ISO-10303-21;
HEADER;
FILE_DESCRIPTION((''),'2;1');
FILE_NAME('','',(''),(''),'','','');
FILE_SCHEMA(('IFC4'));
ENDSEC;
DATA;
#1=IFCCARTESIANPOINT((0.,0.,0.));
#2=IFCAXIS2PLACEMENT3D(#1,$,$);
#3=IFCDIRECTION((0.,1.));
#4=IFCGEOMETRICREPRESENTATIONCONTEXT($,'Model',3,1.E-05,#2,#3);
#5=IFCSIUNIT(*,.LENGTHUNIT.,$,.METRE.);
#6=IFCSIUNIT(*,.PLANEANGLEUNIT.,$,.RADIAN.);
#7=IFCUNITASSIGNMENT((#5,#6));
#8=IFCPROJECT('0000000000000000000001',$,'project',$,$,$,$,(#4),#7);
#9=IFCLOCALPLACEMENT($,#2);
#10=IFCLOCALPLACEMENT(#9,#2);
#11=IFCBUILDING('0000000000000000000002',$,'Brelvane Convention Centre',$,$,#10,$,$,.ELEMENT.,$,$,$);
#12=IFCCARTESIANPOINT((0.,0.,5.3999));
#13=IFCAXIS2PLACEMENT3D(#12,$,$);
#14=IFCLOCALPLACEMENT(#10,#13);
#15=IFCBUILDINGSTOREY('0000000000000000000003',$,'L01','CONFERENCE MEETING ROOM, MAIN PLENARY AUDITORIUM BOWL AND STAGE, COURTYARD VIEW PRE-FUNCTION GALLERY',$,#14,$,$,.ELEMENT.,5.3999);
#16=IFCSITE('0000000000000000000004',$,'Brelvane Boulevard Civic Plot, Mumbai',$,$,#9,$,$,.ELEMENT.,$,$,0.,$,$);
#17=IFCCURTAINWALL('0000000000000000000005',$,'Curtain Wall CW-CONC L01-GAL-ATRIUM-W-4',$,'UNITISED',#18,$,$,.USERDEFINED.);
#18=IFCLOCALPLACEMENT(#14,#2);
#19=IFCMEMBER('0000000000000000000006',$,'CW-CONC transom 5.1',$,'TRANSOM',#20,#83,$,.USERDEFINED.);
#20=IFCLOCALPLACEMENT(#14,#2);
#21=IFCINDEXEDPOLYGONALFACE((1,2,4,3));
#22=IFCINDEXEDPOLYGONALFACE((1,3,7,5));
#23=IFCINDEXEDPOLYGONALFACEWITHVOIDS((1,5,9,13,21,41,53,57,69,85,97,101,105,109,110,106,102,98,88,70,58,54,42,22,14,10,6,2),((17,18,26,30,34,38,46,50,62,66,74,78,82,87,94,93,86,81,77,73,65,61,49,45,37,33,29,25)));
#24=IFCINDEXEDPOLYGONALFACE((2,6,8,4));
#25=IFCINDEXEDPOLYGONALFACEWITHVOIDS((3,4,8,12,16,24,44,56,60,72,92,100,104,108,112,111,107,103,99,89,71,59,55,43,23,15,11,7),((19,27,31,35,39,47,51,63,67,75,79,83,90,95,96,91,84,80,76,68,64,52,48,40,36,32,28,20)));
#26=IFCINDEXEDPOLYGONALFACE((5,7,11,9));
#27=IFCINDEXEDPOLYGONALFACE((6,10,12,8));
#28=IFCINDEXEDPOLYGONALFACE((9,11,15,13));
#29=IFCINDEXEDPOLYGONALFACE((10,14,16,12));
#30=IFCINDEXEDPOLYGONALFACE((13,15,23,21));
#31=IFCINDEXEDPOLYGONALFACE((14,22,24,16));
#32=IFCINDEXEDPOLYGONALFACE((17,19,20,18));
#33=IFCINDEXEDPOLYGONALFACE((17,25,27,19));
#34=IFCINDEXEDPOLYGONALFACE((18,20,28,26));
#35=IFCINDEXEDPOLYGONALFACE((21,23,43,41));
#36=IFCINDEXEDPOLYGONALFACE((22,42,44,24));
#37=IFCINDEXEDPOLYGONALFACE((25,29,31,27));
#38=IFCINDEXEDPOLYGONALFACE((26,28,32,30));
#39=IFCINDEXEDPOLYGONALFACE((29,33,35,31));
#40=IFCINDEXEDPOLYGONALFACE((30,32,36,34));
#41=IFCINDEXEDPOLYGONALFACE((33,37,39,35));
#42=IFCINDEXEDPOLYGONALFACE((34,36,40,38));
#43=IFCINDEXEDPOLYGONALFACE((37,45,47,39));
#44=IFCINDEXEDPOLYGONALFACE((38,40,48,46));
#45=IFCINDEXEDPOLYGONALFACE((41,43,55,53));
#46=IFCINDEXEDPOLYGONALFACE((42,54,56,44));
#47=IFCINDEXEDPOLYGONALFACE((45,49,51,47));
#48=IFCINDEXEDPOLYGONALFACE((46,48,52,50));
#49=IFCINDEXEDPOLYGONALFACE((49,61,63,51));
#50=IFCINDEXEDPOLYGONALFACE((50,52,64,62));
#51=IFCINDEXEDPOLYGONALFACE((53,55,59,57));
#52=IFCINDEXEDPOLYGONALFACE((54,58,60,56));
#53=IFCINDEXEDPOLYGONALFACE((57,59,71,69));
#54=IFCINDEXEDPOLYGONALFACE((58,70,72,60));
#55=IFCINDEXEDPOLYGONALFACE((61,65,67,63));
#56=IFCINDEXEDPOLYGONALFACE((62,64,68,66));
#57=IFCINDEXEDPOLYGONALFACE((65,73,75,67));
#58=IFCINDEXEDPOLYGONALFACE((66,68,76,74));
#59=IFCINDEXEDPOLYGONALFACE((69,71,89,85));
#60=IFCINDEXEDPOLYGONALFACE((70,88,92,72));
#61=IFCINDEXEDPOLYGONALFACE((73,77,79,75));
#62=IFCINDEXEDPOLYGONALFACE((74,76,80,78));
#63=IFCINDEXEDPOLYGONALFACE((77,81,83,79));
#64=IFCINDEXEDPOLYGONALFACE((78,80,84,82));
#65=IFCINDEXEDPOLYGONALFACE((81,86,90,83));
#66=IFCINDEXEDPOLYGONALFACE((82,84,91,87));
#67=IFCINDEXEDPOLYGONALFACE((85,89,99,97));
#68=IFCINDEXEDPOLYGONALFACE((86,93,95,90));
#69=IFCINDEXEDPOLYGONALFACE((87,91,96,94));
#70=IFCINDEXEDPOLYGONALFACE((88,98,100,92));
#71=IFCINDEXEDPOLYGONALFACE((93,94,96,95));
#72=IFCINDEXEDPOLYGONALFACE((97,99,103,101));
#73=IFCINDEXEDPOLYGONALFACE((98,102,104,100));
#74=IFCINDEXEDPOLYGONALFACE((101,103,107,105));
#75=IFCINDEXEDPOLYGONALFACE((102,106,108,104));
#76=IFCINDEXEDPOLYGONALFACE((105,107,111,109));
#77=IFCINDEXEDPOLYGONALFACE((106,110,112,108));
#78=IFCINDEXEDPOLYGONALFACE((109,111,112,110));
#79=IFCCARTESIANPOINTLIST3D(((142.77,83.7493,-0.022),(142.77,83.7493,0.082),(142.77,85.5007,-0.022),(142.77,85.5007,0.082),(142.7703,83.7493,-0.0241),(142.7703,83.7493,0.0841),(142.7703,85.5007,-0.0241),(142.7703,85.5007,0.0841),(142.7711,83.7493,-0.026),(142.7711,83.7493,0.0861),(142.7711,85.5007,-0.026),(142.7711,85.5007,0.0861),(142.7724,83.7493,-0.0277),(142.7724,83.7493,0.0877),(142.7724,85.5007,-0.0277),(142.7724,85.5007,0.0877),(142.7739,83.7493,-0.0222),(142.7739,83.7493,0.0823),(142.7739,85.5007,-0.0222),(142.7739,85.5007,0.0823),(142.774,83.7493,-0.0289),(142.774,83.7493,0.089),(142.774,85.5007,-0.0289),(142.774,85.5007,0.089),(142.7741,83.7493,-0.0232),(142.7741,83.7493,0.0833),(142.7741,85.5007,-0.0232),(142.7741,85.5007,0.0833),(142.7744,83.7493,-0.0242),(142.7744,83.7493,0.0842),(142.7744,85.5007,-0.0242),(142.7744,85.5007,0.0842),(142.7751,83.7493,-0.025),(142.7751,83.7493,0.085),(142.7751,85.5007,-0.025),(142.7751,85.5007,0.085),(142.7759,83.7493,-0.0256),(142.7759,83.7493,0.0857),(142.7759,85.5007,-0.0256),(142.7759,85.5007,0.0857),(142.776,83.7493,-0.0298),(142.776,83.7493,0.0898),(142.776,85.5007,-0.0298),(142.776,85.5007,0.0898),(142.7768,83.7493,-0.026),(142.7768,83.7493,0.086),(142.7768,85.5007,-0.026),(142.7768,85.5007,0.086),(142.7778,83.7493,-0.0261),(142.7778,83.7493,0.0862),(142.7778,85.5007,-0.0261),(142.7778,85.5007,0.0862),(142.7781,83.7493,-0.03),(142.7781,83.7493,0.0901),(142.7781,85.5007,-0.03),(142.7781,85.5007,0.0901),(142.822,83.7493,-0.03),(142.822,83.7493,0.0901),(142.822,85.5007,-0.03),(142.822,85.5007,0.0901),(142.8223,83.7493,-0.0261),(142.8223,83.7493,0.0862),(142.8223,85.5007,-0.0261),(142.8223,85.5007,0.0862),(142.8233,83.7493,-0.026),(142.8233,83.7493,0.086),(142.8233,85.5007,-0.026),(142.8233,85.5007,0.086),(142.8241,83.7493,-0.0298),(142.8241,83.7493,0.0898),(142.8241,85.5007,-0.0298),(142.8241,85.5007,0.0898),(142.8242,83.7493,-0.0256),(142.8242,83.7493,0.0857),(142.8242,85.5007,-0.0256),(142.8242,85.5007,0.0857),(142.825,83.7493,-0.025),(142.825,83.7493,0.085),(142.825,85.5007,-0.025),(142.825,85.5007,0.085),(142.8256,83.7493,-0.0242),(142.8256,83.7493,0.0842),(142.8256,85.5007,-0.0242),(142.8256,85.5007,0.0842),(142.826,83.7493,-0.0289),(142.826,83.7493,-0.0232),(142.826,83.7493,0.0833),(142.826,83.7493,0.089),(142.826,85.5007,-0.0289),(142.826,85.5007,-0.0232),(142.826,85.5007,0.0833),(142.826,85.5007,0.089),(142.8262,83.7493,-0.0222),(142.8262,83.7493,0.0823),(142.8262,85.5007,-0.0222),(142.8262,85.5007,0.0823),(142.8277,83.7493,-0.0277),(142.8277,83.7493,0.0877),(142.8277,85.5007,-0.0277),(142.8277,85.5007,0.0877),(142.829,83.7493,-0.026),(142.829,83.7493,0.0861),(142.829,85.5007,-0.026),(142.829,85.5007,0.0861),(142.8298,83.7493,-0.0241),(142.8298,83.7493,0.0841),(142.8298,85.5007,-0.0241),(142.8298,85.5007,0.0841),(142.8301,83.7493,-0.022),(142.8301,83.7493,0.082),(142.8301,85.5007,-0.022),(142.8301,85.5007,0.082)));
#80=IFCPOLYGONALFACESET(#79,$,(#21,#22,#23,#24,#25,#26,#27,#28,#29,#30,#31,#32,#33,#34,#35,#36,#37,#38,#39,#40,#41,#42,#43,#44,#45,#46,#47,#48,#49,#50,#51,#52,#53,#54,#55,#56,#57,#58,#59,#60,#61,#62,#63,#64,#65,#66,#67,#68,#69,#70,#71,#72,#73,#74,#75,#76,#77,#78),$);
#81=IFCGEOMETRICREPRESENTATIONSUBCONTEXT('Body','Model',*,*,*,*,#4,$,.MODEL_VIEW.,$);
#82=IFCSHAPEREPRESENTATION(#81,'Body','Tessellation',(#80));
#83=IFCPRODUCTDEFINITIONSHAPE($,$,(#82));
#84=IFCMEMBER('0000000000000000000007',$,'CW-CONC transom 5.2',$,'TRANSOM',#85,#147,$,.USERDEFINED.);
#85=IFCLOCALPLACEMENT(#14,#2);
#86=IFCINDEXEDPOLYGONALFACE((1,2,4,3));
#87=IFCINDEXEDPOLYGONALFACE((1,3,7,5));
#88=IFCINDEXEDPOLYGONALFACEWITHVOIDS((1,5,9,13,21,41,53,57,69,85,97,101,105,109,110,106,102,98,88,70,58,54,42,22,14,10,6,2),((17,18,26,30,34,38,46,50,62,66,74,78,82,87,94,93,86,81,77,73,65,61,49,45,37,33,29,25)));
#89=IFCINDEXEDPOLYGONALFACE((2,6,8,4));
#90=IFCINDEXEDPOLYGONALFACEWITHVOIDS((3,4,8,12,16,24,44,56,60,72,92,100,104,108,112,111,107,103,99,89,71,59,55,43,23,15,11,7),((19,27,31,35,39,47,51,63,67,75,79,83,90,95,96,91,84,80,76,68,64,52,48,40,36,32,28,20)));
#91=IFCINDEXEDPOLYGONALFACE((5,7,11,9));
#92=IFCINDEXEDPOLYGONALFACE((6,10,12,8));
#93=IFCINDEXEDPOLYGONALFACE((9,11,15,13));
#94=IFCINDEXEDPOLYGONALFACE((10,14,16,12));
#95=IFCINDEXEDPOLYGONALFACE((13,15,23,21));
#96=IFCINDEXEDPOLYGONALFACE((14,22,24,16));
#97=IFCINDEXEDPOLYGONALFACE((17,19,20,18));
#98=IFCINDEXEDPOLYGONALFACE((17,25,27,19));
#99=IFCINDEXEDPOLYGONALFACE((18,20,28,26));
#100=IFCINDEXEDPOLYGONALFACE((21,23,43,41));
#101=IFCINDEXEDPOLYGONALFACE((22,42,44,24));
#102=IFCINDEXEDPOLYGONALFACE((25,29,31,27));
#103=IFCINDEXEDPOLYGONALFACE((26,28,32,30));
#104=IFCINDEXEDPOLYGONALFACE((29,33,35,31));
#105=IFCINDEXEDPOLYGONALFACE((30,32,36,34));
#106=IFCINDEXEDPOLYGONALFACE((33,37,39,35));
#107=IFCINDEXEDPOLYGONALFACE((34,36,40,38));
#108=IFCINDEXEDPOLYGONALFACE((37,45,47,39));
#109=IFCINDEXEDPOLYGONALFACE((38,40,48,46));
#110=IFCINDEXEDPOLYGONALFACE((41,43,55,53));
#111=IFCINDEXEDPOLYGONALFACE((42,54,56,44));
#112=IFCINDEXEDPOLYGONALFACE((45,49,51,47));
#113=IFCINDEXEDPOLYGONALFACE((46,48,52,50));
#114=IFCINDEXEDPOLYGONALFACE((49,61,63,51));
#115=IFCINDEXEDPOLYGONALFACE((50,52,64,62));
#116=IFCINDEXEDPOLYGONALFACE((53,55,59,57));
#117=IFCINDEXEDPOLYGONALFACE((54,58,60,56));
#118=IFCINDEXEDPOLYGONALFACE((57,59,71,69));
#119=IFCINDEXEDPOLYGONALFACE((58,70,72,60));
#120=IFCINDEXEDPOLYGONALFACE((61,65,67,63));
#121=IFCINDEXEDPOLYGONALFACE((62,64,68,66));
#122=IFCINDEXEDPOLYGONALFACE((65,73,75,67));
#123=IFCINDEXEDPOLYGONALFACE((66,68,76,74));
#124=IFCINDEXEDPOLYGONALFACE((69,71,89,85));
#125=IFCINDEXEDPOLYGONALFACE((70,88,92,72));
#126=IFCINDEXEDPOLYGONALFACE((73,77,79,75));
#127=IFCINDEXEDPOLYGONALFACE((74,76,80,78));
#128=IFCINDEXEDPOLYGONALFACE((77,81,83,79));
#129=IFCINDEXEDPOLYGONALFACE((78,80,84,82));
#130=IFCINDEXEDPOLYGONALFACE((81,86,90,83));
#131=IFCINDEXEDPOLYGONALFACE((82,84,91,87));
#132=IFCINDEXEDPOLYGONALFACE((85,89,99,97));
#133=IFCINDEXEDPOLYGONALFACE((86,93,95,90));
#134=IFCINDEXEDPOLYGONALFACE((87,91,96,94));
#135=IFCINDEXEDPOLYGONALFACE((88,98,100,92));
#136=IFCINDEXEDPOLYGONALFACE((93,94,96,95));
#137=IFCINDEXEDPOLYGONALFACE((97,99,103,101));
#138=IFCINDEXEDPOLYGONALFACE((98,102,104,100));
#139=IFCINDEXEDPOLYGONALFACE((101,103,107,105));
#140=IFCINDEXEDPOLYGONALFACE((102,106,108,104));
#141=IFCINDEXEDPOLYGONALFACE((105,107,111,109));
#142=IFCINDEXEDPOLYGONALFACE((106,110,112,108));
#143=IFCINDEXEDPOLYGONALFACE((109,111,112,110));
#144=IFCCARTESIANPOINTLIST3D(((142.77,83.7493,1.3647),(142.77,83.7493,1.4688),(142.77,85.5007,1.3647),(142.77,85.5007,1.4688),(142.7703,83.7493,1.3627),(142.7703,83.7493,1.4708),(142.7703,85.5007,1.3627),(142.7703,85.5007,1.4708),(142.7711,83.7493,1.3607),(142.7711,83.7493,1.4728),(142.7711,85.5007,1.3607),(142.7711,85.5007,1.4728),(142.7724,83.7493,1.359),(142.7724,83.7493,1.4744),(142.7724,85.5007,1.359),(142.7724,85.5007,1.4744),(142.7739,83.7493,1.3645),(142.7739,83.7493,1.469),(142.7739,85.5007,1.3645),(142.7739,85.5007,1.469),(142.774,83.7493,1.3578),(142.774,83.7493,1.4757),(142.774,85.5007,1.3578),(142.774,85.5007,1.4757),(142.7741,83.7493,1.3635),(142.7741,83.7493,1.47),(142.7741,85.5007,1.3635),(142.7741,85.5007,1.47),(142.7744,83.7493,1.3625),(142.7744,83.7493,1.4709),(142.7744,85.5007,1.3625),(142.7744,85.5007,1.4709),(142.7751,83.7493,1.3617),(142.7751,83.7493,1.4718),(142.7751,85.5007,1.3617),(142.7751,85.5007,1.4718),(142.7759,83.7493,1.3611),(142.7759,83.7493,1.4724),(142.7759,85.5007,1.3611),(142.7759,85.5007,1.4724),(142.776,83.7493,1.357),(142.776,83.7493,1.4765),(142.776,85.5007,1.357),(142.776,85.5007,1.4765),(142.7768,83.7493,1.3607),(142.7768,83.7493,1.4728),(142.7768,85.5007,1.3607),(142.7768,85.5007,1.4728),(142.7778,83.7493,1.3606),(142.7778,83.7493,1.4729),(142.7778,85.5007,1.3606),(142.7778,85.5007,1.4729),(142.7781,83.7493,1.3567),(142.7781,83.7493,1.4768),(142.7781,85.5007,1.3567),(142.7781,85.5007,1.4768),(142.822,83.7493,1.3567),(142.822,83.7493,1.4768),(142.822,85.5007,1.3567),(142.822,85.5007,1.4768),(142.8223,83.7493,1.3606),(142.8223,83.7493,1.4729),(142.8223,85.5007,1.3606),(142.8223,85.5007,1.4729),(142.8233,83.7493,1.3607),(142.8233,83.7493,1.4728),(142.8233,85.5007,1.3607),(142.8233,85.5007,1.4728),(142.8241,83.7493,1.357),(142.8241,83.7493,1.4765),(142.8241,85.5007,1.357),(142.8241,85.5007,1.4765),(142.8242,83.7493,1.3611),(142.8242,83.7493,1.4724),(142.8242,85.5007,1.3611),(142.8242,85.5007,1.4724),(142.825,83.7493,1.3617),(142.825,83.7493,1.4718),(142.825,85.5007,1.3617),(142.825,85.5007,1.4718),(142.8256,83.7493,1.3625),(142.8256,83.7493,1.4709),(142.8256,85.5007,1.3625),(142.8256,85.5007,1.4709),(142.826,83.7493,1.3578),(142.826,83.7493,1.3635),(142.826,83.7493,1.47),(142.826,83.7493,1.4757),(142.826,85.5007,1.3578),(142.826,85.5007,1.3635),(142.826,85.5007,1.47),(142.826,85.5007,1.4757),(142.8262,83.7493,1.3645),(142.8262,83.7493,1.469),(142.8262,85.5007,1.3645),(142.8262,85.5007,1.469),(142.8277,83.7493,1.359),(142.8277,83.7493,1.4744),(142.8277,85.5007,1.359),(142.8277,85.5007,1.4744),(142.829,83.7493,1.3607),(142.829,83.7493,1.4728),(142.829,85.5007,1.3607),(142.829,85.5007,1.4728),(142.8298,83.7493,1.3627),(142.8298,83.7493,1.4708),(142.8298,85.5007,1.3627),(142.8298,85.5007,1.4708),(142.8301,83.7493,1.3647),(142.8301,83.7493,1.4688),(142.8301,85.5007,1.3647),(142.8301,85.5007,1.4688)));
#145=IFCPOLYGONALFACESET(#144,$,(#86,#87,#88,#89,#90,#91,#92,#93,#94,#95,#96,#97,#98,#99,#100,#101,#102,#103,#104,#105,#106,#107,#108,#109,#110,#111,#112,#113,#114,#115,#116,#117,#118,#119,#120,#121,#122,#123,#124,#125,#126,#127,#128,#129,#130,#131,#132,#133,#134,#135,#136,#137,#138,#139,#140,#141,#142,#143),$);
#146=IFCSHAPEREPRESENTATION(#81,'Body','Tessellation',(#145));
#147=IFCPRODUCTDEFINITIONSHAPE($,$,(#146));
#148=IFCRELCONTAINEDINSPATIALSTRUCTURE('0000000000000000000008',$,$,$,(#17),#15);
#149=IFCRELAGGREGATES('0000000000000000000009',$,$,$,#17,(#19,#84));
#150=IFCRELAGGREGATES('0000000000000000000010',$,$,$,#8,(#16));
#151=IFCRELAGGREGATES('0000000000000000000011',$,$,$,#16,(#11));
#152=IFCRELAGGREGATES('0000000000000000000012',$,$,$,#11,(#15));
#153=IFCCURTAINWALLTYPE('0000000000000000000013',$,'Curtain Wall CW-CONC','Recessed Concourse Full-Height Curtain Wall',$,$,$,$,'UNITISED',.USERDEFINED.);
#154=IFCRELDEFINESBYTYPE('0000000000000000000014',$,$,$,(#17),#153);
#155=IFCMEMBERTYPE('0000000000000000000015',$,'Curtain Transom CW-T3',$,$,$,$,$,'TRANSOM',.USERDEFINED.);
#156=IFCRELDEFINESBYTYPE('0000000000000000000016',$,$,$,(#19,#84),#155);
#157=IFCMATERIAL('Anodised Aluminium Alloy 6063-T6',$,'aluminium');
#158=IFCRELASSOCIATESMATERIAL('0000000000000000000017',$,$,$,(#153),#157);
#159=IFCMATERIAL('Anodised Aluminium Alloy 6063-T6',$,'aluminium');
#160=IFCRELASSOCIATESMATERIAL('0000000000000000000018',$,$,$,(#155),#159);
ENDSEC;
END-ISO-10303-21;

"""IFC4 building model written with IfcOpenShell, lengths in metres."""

from ifc_helpers import new_model, si_unit, direction, frame, origin, origin_2d, place, context, subcontext, project, spatial, hollow_rectangle, extrude, material, material_profile, profile_set, type_object, element, aggregate, save


model = new_model("IFC4")

# Units and contexts
model_context = context("Model", 3, precision=1e-05, world=origin(), true_north=direction((0.0, 1.0)))
body_context = subcontext(model_context, "Body", "Model", "MODEL_VIEW")
ifc_project = project(units=[si_unit("LENGTHUNIT", "METRE"), si_unit("PLANEANGLEUNIT", "RADIAN")], contexts=[model_context])

# Site, building, storey
site_placement = place(None, origin())
site = spatial("IfcSite", under=ifc_project, at=site_placement, Name="Brelvane Boulevard Civic Plot, Mumbai", CompositionType="ELEMENT", RefElevation=0.0)
building_placement = place(site_placement, origin())
building = spatial("IfcBuilding", under=site, at=building_placement, Name="Brelvane Convention Centre", CompositionType="ELEMENT")
storey_placement = place(building_placement, frame((0.0, 0.0, 5.3999)))
storey = spatial("IfcBuildingStorey", under=building, at=storey_placement, Name="L01", Description="CONFERENCE MEETING ROOM, MAIN PLENARY AUDITORIUM BOWL AND STAGE, COURTYARD VIEW PRE-FUNCTION GALLERY", CompositionType="ELEMENT", Elevation=5.3999)

# Curtain wall, members
ifc_material_1 = material(Name="Anodised Aluminium Alloy 6063-T6", Category="aluminium")
curtain_wall_type = type_object("IfcCurtainWallType", Name="Curtain Wall CW-CONC", Description="Recessed Concourse Full-Height Curtain Wall", ElementType="UNITISED", PredefinedType="USERDEFINED", material=ifc_material_1)
curtain_wall_placement = place(storey_placement, origin())
curtain_wall = element("IfcCurtainWall", 1, at=curtain_wall_placement, inside=storey, type_object=curtain_wall_type, Name="Curtain Wall CW-CONC L01-GAL-ATRIUM-W-4", ObjectType="UNITISED", PredefinedType="USERDEFINED")
ifc_material_2 = material(Name="Anodised Aluminium Alloy 6063-T6", Category="aluminium")
ifc_material_profile_1 = material_profile(ifc_material_2, hollow_rectangle(XDim=0.0601, YDim=0.1201, WallThickness=0.0039, InnerFilletRadius=0.0039, OuterFilletRadius=0.0081, at=origin_2d()), Name="ALU-T 120x60x4.0")
ifc_profile_set_1 = profile_set([ifc_material_profile_1], Name="Anodised Aluminium Alloy 6063-T6")
member_type_1 = type_object("IfcMemberType", Name="Curtain Transom CW-T3", ElementType="TRANSOM", PredefinedType="USERDEFINED", material=ifc_profile_set_1)
member_1_placement = place(storey_placement, frame((142.8, 83.7493, 0.03), z_axis=(0.0, 1.0, 0.0), x_axis=(-1.0, 0.0, 0.0)))
member_1 = element("IfcMember", 2, at=member_1_placement, type_object=member_type_1, Name="CW-CONC transom 5.1", ObjectType="TRANSOM", PredefinedType="USERDEFINED", context=body_context, shape_type="SweptSolid", body=[
    extrude(hollow_rectangle(XDim=0.0601, YDim=0.1201, WallThickness=0.0039, InnerFilletRadius=0.0039, OuterFilletRadius=0.0081, at=origin_2d()), origin(), (0.0, 0.0, 1.0), 1.7515),
])
member_2_placement = place(storey_placement, frame((142.8, 83.7493, 1.4167), z_axis=(0.0, 1.0, 0.0), x_axis=(-1.0, 0.0, 0.0)))
member_2 = element("IfcMember", 3, at=member_2_placement, type_object=member_type_1, Name="CW-CONC transom 5.2", ObjectType="TRANSOM", PredefinedType="USERDEFINED", context=body_context, shape_type="SweptSolid", body=[
    extrude(hollow_rectangle(XDim=0.0601, YDim=0.1201, WallThickness=0.0039, InnerFilletRadius=0.0039, OuterFilletRadius=0.0081, at=origin_2d()), origin(), (0.0, 0.0, 1.0), 1.7515),
])
aggregate(curtain_wall, [member_1, member_2])

save(model, "model.ifc")
